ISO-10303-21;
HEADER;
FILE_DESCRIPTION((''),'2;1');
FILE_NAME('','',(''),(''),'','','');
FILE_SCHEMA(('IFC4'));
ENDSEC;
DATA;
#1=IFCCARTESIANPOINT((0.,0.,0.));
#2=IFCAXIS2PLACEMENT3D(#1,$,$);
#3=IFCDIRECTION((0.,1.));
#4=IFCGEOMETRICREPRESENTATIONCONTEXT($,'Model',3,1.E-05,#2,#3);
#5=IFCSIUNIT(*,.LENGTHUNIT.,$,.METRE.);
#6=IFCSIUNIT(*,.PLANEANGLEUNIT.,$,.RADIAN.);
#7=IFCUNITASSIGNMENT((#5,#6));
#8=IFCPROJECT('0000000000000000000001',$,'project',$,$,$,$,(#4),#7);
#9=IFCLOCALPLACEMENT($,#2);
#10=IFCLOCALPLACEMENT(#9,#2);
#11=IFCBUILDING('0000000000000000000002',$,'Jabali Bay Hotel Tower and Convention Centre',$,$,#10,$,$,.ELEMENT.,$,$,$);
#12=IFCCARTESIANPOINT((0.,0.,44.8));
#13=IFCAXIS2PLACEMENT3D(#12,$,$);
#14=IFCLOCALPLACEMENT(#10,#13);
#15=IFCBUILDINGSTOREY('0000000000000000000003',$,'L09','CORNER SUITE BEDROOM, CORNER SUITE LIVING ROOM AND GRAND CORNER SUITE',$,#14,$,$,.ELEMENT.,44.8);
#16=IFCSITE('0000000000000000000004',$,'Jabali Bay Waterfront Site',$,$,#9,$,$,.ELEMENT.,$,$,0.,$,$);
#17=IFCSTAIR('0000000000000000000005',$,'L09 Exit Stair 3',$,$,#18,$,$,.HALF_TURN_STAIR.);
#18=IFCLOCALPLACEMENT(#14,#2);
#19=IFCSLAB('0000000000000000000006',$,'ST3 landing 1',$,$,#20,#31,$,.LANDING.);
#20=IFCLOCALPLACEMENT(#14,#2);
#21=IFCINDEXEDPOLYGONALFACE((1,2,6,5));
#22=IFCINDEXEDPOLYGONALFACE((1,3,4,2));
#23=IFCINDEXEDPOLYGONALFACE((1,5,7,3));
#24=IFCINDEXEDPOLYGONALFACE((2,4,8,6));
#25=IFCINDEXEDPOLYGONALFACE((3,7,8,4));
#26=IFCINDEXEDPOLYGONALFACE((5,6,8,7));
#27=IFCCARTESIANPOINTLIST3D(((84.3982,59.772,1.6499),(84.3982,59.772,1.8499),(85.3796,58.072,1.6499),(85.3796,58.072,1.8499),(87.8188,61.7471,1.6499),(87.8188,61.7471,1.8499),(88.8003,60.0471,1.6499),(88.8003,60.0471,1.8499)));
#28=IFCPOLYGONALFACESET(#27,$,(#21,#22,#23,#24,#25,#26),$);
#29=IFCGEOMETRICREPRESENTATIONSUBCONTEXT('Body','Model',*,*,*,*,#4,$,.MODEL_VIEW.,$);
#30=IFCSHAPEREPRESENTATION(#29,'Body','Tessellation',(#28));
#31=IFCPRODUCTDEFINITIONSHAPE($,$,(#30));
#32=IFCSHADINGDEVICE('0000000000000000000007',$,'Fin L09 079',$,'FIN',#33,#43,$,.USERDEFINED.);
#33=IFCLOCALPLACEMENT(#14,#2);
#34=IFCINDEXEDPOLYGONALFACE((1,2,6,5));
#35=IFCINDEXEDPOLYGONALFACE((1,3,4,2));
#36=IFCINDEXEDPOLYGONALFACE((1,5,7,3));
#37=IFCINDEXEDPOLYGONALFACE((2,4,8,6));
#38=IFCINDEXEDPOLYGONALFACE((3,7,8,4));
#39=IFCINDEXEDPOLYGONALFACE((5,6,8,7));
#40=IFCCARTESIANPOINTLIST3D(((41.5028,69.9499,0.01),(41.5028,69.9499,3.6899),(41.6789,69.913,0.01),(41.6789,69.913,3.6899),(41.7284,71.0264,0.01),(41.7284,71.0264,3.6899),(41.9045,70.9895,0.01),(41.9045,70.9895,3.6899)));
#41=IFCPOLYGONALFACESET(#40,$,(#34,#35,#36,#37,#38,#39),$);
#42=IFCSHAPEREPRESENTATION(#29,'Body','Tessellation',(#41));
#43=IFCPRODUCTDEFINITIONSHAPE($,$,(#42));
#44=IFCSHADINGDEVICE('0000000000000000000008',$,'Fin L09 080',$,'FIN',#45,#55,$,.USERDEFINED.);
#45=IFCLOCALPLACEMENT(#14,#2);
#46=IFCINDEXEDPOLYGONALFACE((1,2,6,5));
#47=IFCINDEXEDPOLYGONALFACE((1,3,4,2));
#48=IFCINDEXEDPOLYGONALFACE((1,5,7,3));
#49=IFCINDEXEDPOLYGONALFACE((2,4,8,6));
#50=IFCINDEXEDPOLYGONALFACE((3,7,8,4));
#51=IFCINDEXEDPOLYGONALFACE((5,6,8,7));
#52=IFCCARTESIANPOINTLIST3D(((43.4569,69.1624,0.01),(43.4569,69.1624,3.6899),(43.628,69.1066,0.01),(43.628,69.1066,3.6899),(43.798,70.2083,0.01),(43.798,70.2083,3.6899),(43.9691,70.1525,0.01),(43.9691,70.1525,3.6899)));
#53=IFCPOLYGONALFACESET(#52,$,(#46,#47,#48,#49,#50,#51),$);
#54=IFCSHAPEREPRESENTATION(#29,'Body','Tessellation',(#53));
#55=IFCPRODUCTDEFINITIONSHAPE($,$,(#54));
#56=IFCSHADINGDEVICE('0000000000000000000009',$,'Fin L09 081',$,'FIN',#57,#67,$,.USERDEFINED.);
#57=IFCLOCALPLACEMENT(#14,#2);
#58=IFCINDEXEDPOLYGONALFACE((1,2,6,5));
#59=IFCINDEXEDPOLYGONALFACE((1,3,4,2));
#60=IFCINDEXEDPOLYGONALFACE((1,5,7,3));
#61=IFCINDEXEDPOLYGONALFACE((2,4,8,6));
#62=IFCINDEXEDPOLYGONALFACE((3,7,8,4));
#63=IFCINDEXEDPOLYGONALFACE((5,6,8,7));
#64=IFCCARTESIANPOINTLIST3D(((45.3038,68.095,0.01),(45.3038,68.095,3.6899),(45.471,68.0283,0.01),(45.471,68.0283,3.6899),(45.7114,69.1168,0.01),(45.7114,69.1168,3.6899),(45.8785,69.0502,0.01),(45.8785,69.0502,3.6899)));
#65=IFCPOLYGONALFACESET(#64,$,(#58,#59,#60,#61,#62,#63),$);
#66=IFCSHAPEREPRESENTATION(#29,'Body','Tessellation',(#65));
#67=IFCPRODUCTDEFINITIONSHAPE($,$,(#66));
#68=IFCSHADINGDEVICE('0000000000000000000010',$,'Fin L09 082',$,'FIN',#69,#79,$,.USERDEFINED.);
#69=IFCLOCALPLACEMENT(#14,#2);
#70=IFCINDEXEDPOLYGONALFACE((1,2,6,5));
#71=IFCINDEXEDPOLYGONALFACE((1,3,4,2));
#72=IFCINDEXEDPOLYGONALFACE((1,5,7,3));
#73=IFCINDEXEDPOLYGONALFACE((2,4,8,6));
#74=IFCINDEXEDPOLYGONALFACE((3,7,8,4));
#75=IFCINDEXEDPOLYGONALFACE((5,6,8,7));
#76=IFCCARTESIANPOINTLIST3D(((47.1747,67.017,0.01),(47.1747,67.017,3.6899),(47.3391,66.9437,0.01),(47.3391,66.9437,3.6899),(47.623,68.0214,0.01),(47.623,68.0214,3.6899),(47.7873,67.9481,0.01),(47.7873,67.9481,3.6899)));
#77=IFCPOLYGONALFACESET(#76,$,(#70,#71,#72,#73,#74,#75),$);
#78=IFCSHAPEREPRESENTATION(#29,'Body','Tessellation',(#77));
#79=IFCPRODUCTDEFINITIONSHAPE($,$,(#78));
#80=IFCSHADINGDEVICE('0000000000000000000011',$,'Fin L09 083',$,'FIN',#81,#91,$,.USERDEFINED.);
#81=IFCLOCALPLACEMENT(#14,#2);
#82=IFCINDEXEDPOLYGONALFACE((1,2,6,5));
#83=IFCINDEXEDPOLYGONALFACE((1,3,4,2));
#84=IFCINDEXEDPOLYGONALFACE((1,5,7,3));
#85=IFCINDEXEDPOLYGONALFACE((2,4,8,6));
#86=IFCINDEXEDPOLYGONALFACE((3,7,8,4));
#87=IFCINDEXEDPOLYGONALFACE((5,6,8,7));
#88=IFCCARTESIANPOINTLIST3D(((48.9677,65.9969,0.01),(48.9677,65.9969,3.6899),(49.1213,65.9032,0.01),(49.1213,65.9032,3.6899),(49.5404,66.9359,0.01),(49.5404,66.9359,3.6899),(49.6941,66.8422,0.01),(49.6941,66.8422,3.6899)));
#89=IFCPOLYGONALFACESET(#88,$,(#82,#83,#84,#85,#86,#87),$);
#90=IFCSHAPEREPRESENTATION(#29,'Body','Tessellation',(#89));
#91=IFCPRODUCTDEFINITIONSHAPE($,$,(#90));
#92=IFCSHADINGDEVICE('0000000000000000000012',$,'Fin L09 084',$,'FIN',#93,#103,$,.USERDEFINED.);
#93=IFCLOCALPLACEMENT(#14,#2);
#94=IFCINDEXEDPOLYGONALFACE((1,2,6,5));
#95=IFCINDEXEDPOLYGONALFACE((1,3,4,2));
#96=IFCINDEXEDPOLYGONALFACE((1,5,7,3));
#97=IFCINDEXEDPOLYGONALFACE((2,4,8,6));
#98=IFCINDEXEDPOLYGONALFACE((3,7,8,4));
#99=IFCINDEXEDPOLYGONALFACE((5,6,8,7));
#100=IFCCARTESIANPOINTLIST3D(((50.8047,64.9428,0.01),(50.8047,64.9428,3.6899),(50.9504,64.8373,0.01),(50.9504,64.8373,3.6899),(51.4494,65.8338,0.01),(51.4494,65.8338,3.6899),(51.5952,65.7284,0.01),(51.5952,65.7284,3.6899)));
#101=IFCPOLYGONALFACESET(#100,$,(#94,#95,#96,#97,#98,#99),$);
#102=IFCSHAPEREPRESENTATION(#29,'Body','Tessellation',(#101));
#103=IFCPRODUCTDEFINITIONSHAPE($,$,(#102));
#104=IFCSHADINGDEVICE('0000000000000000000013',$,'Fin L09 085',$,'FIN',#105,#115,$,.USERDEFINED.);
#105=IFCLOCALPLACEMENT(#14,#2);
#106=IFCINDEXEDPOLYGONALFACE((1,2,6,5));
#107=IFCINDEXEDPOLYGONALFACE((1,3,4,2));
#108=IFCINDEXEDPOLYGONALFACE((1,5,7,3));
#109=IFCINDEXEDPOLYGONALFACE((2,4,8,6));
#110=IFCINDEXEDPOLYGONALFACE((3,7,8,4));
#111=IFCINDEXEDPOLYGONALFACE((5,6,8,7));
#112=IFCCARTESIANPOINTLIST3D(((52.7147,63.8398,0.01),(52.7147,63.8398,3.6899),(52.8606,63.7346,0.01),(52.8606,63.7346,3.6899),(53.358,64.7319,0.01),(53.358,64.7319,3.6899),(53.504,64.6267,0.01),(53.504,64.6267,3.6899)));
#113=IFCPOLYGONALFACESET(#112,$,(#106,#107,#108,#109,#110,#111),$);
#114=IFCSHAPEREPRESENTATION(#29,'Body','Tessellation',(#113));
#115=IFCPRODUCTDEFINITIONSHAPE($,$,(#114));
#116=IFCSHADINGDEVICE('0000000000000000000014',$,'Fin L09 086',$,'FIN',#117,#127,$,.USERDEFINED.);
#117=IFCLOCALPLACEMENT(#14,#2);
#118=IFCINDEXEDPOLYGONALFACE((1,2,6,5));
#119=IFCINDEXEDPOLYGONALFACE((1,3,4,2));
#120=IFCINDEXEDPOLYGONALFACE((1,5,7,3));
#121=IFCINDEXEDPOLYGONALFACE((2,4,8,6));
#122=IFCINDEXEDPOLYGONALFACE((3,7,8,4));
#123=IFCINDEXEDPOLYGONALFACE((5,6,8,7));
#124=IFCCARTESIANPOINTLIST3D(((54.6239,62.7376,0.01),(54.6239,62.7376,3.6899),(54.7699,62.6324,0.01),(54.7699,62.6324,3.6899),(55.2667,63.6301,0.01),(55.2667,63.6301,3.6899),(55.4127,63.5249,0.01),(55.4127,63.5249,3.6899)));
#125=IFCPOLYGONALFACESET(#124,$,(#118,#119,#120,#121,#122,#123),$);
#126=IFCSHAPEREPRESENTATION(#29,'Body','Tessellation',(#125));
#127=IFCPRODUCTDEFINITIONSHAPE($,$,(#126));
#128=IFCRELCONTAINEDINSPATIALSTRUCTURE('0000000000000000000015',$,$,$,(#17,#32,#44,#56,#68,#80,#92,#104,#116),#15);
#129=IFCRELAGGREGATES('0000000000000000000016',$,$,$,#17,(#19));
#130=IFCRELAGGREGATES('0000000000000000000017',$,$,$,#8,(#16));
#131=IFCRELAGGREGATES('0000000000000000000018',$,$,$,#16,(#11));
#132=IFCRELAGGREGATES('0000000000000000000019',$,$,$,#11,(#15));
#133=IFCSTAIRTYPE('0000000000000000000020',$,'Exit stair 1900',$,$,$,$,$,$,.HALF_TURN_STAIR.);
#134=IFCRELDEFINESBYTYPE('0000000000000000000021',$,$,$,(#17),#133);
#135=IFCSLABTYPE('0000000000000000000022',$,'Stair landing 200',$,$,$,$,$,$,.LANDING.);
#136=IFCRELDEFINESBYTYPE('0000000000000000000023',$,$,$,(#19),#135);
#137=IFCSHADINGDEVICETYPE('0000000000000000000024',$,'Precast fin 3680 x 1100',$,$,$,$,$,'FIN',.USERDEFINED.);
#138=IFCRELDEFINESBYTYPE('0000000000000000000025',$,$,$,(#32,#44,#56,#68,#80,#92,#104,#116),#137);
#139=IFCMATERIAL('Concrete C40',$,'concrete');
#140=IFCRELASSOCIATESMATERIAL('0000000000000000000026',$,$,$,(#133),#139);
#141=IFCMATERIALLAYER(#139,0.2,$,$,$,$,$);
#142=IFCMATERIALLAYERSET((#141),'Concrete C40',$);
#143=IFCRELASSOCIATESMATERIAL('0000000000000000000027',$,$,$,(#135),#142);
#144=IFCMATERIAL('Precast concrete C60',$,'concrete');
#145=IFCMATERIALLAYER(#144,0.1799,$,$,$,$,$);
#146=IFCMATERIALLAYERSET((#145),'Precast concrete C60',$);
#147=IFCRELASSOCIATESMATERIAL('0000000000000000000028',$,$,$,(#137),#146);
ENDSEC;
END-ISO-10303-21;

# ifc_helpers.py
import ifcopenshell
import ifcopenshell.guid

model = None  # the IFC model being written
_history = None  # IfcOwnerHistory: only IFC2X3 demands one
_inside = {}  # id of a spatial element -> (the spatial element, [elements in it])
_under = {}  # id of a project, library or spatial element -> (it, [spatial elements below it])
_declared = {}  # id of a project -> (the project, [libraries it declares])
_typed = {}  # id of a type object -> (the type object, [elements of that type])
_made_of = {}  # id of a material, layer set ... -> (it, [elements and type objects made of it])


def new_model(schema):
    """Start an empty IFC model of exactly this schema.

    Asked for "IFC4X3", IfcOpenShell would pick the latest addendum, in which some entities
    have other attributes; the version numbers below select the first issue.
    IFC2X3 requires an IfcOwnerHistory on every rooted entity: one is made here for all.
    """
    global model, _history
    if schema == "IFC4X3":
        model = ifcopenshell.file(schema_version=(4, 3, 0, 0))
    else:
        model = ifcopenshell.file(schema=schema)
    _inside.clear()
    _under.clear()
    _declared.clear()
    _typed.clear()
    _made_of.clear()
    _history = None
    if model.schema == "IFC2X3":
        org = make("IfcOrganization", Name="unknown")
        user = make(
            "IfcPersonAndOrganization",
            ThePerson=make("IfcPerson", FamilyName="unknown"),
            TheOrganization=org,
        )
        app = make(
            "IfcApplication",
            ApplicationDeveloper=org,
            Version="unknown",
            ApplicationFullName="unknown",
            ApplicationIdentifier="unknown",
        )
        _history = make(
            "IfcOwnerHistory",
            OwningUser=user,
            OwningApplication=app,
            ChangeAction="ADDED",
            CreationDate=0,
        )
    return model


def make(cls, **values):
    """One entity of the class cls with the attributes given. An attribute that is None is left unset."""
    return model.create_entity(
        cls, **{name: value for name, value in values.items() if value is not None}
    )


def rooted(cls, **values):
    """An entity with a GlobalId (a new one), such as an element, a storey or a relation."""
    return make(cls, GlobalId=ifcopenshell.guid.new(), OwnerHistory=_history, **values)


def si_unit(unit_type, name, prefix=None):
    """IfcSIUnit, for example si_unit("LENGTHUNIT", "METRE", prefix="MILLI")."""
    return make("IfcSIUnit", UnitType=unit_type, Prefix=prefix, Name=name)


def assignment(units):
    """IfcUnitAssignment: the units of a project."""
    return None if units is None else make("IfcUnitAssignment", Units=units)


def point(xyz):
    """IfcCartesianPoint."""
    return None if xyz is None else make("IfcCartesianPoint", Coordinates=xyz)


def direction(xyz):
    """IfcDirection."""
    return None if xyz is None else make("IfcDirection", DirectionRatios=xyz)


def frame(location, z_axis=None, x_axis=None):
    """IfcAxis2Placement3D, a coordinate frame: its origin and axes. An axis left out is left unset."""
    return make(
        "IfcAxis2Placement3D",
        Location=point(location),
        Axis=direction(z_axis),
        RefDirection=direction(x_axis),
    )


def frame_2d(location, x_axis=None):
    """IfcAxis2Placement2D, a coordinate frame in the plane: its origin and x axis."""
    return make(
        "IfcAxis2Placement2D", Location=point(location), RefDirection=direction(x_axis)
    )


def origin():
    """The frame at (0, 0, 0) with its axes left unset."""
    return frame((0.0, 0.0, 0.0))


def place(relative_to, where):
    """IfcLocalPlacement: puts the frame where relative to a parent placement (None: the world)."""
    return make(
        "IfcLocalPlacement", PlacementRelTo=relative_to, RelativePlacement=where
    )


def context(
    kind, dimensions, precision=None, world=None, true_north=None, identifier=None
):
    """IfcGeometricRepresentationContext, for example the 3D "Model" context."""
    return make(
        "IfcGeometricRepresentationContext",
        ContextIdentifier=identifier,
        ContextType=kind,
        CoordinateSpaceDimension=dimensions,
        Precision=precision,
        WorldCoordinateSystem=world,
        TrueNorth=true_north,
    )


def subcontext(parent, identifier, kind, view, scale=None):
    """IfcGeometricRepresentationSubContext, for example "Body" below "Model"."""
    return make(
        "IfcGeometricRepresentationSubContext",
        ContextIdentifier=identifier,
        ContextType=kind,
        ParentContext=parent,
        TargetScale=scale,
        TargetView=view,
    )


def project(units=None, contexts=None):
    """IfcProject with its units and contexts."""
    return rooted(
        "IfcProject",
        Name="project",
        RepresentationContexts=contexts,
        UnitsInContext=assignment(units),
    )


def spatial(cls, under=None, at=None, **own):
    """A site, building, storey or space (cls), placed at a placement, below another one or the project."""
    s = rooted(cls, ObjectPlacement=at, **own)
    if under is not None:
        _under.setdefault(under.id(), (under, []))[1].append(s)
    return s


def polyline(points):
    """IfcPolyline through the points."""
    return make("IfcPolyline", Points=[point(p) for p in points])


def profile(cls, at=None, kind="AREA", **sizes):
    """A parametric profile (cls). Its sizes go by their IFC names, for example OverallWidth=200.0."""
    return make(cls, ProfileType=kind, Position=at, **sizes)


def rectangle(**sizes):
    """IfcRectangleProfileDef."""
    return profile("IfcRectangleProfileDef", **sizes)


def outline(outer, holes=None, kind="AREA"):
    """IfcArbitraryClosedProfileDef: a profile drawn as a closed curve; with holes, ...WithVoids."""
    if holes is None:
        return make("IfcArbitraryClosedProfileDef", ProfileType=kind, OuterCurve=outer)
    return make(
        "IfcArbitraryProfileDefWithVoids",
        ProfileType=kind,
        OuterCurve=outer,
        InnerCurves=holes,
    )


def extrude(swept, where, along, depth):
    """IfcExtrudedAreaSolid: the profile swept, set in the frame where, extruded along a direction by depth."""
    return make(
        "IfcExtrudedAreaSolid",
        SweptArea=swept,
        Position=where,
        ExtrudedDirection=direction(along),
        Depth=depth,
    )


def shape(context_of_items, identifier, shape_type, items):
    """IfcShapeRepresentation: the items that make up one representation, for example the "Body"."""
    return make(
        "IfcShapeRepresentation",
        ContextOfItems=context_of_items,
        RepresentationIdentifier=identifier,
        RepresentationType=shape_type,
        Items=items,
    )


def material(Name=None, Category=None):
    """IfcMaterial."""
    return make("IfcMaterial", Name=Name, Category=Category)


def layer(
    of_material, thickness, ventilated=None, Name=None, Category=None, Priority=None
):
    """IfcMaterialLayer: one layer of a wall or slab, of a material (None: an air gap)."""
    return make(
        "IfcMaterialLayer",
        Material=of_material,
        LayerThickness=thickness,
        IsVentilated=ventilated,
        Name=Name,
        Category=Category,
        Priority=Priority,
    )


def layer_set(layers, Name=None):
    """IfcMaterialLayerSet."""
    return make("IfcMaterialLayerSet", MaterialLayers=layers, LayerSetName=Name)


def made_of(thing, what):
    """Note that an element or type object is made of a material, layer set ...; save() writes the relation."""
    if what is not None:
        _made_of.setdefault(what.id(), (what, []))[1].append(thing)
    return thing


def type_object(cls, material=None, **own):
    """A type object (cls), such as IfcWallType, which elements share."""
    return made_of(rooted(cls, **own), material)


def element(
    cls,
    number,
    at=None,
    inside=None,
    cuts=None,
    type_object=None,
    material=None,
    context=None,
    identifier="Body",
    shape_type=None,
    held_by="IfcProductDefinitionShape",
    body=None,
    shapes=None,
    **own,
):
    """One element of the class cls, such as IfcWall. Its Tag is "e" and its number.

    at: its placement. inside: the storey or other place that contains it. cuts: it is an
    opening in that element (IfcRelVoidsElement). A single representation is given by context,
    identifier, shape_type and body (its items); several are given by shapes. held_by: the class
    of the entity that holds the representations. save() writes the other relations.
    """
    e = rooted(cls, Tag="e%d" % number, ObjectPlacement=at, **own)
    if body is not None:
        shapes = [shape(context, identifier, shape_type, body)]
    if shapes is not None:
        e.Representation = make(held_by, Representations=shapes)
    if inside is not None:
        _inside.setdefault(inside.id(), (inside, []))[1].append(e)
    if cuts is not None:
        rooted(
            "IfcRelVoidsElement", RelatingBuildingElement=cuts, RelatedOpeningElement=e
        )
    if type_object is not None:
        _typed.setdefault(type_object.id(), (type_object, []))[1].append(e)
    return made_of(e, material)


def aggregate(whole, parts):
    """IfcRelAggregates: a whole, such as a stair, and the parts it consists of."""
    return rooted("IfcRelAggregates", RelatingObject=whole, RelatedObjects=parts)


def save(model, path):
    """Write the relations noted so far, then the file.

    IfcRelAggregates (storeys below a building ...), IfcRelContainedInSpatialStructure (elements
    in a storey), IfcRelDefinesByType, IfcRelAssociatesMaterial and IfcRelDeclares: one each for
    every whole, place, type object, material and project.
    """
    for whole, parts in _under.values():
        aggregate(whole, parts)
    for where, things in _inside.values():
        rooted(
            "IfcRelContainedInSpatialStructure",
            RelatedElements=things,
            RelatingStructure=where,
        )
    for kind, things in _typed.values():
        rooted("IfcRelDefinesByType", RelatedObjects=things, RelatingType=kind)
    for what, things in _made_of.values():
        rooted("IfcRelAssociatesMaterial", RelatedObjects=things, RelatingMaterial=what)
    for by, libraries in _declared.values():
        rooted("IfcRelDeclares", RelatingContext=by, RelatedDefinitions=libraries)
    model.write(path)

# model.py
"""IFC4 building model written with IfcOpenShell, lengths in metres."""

from ifc_helpers import new_model, si_unit, direction, frame, frame_2d, origin, place, context, subcontext, project, spatial, polyline, rectangle, outline, extrude, material, layer, layer_set, type_object, element, aggregate, save


model = new_model("IFC4")

# Units and contexts
model_context = context("Model", 3, precision=1e-05, world=origin(), true_north=direction((0.0, 1.0)))
body_context = subcontext(model_context, "Body", "Model", "MODEL_VIEW")
ifc_project = project(units=[si_unit("LENGTHUNIT", "METRE"), si_unit("PLANEANGLEUNIT", "RADIAN")], contexts=[model_context])

# Site, building, storey
site_placement = place(None, origin())
site = spatial("IfcSite", under=ifc_project, at=site_placement, Name="Jabali Bay Waterfront Site", CompositionType="ELEMENT", RefElevation=0.0)
building_placement = place(site_placement, origin())
building = spatial("IfcBuilding", under=site, at=building_placement, Name="Jabali Bay Hotel Tower and Convention Centre", CompositionType="ELEMENT")
storey_placement = place(building_placement, frame((0.0, 0.0, 44.8)))
storey = spatial("IfcBuildingStorey", under=building, at=storey_placement, Name="L09", Description="CORNER SUITE BEDROOM, CORNER SUITE LIVING ROOM AND GRAND CORNER SUITE", CompositionType="ELEMENT", Elevation=44.8)

# Shared definitions
ifc_material_1 = material(Name="Concrete C40", Category="concrete")

# Stair, slab
stair_type = type_object("IfcStairType", Name="Exit stair 1900", PredefinedType="HALF_TURN_STAIR", material=ifc_material_1)
ifc_layer_1 = layer(ifc_material_1, 0.2)
ifc_layer_set_1 = layer_set([ifc_layer_1], Name="Concrete C40")
slab_type_1 = type_object("IfcSlabType", Name="Stair landing 200", PredefinedType="LANDING", material=ifc_layer_set_1)
stair_1_placement = place(storey_placement, origin())
stair_1 = element("IfcStair", 1, at=stair_1_placement, inside=storey, type_object=stair_type, Name="L09 Exit Stair 3", PredefinedType="HALF_TURN_STAIR")
slab_1_placement = place(storey_placement, frame((0.0, 0.0, 1.6499)))
slab_1 = element("IfcSlab", 2, at=slab_1_placement, type_object=slab_type_1, Name="ST3 landing 1", PredefinedType="LANDING", context=body_context, shape_type="SweptSolid", body=[
    extrude(outline(polyline([(84.3982, 59.772), (85.3796, 58.072), (88.8003, 60.0471), (87.8188, 61.7471), (84.3982, 59.772)])), origin(), (0.0, 0.0, 1.0), 0.2),
])
aggregate(stair_1, [slab_1])

# Shading devices
ifc_material_2 = material(Name="Precast concrete C60", Category="concrete")
ifc_layer_2 = layer(ifc_material_2, 0.1799)
ifc_layer_set_2 = layer_set([ifc_layer_2], Name="Precast concrete C60")
shading_device_type = type_object("IfcShadingDeviceType", Name="Precast fin 3680 x 1100", ElementType="FIN", PredefinedType="USERDEFINED", material=ifc_layer_set_2)
shading_device_placement = place(storey_placement, frame((41.8164, 71.0078, 0.01), z_axis=(0.0, 0.0, 1.0), x_axis=(-0.205115, -0.978738, 0.0)))
element("IfcShadingDevice", 3, at=shading_device_placement, inside=storey, type_object=shading_device_type, Name="Fin L09 079", ObjectType="FIN", PredefinedType="USERDEFINED", context=body_context, shape_type="SweptSolid", body=[
    extrude(rectangle(XDim=1.0999, YDim=0.1799, at=frame_2d((0.5498, 0.0))), origin(), (0.0, 0.0, 1.0), 3.6799),
])
for number, where, z_axis, x_axis, name in (
    (4, (43.8835, 70.1804, 0.01), (0.0, 0.0, 1.0), (-0.310029, -0.950727, 0.0), "Fin L09 080"),
    (5, (45.7949, 69.0835, 0.01), (0.0, 0.0, 1.0), (-0.370434, -0.928859, 0.0), "Fin L09 081"),
):
    element("IfcShadingDevice", number, at=place(storey_placement, frame(where, z_axis=z_axis, x_axis=x_axis)), inside=storey, type_object=shading_device_type, Name=name, ObjectType="FIN", PredefinedType="USERDEFINED", context=body_context, shape_type="SweptSolid", body=[
        extrude(rectangle(XDim=1.1001, YDim=0.1799, at=frame_2d((0.55, 0.0))), origin(), (0.0, 0.0, 1.0), 3.6799),
    ])
for number, where, z_axis, x_axis, name in (
    (6, (47.7051, 67.9846, 0.01), (0.0, 0.0, 1.0), (-0.407538, -0.913188, 0.0), "Fin L09 082"),
    (7, (49.6172, 66.8889, 0.01), (0.0, 0.0, 1.0), (-0.520749, -0.85371, 0.0), "Fin L09 083"),
    (8, (51.5222, 65.781, 0.01), (0.0, 0.0, 1.0), (-0.586203, -0.810164, 0.0), "Fin L09 084"),
    (9, (53.4309, 64.6792, 0.01), (0.0, 0.0, 1.0), (-0.584907, -0.8111, 0.0), "Fin L09 085"),
    (10, (55.3396, 63.5774, 0.01), (0.0, 0.0, 1.0), (-0.584404, -0.811463, 0.0), "Fin L09 086"),
):
    element("IfcShadingDevice", number, at=place(storey_placement, frame(where, z_axis=z_axis, x_axis=x_axis)), inside=storey, type_object=shading_device_type, Name=name, ObjectType="FIN", PredefinedType="USERDEFINED", context=body_context, shape_type="SweptSolid", body=[
        extrude(rectangle(XDim=1.0999, YDim=0.1799, at=frame_2d((0.5498, 0.0))), origin(), (0.0, 0.0, 1.0), 3.6799),
    ])

save(model, "model.ifc")
